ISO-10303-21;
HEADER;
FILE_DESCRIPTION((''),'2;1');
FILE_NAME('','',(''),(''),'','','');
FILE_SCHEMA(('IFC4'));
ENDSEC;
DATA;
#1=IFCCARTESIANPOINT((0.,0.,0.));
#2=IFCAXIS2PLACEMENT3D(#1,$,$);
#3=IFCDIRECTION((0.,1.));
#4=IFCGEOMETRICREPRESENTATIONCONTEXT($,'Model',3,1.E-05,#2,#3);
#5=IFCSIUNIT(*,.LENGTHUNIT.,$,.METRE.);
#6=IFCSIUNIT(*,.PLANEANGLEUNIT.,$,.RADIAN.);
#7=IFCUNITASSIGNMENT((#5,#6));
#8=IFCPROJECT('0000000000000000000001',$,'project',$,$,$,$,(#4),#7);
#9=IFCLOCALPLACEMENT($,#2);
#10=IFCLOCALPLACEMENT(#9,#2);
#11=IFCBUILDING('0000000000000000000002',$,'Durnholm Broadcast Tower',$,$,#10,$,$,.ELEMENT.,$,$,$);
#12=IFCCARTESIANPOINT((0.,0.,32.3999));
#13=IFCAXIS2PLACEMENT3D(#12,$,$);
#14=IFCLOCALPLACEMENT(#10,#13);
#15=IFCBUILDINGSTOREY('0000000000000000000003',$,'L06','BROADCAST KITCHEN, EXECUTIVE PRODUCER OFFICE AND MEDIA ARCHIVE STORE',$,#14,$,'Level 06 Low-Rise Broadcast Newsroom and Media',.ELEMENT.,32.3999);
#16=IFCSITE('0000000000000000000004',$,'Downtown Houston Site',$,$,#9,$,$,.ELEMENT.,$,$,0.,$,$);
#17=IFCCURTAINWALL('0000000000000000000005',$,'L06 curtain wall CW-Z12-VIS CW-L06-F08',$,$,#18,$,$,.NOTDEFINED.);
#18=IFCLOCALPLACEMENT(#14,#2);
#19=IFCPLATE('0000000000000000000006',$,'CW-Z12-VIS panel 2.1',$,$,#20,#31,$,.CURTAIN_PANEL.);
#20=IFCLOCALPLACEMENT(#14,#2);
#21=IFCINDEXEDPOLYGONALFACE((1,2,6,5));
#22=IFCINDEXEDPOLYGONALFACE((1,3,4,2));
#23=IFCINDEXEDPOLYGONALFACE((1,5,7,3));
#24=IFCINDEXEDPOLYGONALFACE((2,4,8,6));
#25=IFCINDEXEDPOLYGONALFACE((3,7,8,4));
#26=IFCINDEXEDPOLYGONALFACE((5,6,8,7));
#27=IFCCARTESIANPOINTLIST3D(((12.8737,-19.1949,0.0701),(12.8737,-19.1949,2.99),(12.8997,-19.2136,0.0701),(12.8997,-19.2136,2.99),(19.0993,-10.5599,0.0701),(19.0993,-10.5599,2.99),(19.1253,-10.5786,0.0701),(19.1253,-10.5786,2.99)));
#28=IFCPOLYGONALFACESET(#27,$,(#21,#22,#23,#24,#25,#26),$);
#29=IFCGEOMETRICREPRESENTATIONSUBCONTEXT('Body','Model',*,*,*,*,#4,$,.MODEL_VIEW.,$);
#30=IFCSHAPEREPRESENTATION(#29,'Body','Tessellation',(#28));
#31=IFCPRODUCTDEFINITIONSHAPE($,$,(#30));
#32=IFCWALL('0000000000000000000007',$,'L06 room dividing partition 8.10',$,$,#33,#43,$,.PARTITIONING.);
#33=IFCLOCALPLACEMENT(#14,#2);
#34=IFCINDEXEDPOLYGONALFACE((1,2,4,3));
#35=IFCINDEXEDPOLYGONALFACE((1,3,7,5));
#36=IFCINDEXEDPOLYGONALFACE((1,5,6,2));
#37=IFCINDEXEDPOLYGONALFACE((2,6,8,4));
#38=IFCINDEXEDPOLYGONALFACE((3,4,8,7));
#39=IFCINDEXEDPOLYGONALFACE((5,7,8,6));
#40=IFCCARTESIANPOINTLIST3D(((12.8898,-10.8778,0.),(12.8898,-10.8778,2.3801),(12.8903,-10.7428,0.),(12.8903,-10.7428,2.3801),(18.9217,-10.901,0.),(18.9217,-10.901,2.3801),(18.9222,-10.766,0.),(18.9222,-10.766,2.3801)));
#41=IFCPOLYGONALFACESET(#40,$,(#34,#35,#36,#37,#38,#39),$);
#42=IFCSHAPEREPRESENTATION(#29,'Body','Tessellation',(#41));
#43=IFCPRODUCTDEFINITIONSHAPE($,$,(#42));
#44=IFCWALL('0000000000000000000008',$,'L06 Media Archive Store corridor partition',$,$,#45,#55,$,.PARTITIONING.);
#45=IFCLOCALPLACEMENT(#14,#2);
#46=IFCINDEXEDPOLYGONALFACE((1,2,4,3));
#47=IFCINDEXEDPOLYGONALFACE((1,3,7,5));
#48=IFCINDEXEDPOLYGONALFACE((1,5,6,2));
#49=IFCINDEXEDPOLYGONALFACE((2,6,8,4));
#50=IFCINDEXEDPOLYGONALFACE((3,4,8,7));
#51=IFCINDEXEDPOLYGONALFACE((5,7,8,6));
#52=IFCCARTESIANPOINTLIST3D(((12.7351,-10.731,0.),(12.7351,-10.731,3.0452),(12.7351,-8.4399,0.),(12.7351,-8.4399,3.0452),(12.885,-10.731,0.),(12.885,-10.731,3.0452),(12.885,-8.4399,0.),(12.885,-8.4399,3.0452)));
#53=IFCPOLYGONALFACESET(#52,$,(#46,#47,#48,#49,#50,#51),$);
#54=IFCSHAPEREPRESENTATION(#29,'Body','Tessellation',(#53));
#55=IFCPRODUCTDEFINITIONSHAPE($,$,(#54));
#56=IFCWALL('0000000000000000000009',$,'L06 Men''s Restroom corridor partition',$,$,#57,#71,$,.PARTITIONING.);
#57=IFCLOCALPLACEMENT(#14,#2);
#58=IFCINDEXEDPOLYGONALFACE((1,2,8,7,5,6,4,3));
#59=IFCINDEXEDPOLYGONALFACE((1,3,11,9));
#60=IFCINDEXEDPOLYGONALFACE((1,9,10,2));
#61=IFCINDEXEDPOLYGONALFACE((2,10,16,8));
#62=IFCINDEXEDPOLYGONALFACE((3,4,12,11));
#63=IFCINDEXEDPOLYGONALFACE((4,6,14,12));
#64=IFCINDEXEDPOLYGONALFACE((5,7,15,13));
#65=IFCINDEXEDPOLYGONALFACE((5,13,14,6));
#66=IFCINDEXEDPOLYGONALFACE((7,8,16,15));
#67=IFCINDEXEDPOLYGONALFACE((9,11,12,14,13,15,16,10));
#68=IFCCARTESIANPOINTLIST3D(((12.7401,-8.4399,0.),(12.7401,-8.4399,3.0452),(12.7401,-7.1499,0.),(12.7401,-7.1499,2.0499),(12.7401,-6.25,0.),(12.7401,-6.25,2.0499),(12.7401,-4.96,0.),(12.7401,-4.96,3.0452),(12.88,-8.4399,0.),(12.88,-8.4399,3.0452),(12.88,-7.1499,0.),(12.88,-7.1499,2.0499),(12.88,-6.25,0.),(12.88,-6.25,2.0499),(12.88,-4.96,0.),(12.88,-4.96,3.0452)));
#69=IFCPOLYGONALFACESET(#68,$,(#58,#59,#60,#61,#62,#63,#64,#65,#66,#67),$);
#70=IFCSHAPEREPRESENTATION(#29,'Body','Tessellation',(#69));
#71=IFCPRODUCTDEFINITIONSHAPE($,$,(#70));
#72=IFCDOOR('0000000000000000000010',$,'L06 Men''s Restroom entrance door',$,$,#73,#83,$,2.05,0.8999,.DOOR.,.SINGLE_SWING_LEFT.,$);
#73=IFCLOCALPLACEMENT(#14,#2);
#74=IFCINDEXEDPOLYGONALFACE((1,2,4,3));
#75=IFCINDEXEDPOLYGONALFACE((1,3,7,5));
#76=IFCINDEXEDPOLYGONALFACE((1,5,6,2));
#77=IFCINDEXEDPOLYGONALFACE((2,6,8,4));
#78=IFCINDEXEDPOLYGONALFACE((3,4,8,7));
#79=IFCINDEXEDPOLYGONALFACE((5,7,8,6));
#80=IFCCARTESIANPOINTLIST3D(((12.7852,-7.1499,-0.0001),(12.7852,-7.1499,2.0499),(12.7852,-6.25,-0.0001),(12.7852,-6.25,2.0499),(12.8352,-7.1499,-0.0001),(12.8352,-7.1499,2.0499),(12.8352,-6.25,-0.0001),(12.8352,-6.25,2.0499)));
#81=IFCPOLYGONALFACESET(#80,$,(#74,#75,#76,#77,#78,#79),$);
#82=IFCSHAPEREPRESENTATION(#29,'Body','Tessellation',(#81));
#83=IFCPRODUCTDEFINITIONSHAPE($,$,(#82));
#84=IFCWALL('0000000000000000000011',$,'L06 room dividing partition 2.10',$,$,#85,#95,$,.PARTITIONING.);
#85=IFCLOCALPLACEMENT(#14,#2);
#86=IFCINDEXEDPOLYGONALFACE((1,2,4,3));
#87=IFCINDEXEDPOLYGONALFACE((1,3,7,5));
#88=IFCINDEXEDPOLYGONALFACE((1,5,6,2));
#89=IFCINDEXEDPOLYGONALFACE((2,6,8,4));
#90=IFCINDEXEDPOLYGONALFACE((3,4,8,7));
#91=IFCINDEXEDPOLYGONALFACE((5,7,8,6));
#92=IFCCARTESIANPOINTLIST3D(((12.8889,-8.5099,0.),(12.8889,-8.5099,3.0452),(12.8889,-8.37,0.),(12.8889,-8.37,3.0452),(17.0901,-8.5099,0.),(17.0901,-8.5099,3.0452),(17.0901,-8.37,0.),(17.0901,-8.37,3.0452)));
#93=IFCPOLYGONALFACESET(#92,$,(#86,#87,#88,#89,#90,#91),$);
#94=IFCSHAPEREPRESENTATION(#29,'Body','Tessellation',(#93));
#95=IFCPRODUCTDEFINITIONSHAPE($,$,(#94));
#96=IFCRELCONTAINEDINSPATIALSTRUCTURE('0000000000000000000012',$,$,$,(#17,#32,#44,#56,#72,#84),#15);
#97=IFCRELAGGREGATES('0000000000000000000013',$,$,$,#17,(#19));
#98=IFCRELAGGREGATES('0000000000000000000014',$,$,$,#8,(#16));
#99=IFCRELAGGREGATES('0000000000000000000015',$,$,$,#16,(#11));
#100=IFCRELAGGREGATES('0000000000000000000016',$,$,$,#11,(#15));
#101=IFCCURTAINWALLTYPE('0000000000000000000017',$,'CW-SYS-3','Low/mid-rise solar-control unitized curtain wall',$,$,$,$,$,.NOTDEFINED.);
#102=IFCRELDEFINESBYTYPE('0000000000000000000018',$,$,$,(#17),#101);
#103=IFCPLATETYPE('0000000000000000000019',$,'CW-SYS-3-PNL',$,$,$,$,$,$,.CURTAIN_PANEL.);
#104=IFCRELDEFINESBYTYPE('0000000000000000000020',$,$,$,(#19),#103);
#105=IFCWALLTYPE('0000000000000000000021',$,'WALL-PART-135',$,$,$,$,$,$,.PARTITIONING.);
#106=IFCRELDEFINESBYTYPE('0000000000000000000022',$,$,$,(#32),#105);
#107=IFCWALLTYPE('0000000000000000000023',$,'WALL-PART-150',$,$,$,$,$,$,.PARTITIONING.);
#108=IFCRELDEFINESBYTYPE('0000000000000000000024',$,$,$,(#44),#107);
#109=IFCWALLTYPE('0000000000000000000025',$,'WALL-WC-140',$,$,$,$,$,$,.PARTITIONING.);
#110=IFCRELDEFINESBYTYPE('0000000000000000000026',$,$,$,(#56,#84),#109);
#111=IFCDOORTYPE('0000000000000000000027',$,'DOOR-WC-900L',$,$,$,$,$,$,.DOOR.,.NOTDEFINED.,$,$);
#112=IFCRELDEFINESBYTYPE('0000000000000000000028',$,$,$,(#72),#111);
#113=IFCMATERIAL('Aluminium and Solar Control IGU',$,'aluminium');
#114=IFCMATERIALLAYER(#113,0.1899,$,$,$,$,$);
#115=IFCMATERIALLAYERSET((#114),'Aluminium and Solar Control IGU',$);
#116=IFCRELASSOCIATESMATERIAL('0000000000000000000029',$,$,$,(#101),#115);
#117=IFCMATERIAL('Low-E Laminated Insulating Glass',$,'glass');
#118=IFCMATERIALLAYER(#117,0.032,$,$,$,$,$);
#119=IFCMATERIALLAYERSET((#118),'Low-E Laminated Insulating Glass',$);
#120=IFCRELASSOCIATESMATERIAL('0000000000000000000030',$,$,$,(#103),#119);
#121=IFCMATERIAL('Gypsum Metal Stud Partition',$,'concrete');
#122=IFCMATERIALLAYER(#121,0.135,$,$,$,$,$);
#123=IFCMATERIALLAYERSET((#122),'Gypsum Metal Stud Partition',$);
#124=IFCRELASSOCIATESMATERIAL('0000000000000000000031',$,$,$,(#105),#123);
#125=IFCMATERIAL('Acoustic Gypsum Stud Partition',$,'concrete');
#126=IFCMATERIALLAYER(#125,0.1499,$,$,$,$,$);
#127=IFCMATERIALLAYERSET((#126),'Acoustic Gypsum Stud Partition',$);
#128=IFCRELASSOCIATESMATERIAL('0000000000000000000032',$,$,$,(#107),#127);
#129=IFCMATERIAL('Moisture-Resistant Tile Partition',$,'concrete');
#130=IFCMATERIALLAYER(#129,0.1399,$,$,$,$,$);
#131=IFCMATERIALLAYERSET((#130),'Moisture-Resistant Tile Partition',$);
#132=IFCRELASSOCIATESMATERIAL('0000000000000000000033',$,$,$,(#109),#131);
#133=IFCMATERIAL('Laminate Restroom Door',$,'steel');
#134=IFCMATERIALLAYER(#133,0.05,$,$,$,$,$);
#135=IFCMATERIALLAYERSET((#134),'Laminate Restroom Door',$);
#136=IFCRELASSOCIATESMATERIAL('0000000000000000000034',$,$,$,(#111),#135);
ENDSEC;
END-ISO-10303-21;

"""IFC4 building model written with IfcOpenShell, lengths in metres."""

from ifc_helpers import new_model, si_unit, direction, frame, frame_2d, origin, origin_2d, place, context, subcontext, project, spatial, rectangle, extrude, source, transform, mapped, material, layer, layer_set, type_object, type_shapes, element, fill, aggregate, save


model = new_model("IFC4")

# Units and contexts
model_context = context("Model", 3, precision=1e-05, world=origin(), true_north=direction((0.0, 1.0)))
body_context = subcontext(model_context, "Body", "Model", "MODEL_VIEW")
ifc_project = project(units=[si_unit("LENGTHUNIT", "METRE"), si_unit("PLANEANGLEUNIT", "RADIAN")], contexts=[model_context])

# Site, building, storey
site_placement = place(None, origin())
site = spatial("IfcSite", under=ifc_project, at=site_placement, Name="Downtown Houston Site", CompositionType="ELEMENT", RefElevation=0.0)
building_placement = place(site_placement, origin())
building = spatial("IfcBuilding", under=site, at=building_placement, Name="Durnholm Broadcast Tower", CompositionType="ELEMENT")
storey_placement = place(building_placement, frame((0.0, 0.0, 32.3999)))
storey = spatial("IfcBuildingStorey", under=building, at=storey_placement, Name="L06", Description="BROADCAST KITCHEN, EXECUTIVE PRODUCER OFFICE AND MEDIA ARCHIVE STORE", LongName="Level 06 Low-Rise Broadcast Newsroom and Media", CompositionType="ELEMENT", Elevation=32.3999)

# Shared definitions
ifc_material_1 = material(Name="Aluminium and Solar Control IGU", Category="aluminium")

# Curtain wall
ifc_layer_1 = layer(ifc_material_1, 0.1899)
ifc_layer_set_1 = layer_set([ifc_layer_1], Name="Aluminium and Solar Control IGU")
curtain_wall_type_1 = type_object("IfcCurtainWallType", Name="CW-SYS-3", Description="Low/mid-rise solar-control unitized curtain wall", PredefinedType="NOTDEFINED", material=ifc_layer_set_1)
curtain_wall_1_placement = place(storey_placement, origin())
curtain_wall_1 = element("IfcCurtainWall", 1, at=curtain_wall_1_placement, inside=storey, type_object=curtain_wall_type_1, Name="L06 curtain wall CW-Z12-VIS CW-L06-F08", PredefinedType="NOTDEFINED")

# Plate
ifc_material_2 = material(Name="Low-E Laminated Insulating Glass", Category="glass")
ifc_layer_2 = layer(ifc_material_2, 0.032)
ifc_layer_set_2 = layer_set([ifc_layer_2], Name="Low-E Laminated Insulating Glass")
plate_type_1 = type_object("IfcPlateType", Name="CW-SYS-3-PNL", PredefinedType="CURTAIN_PANEL", material=ifc_layer_set_2)
shared_shape_1 = source(origin(), body_context, "Body", "SweptSolid", [
    extrude(rectangle(XDim=10.6453, YDim=0.032, at=origin_2d()), origin(), (0.0, 0.0, 1.0), 2.9199),
])
type_shapes(plate_type_1, [shared_shape_1])
plate_1_placement = place(storey_placement, frame((15.9995, -14.8867, 0.0701), z_axis=(0.0, 0.0, 1.0), x_axis=(-0.584823, -0.811161, 0.0)))
plate_1 = element("IfcPlate", 2, at=plate_1_placement, type_object=plate_type_1, Name="CW-Z12-VIS panel 2.1", PredefinedType="CURTAIN_PANEL", context=body_context, shape_type="MappedRepresentation", body=[
    mapped(shared_shape_1, transform((0.0, 0.0, 0.0), x_axis=(1.0, 0.0, 0.0), y_axis=(0.0, 1.0, 0.0), z_axis=(0.0, 0.0, 1.0), scale=1.0)),
])
aggregate(curtain_wall_1, [plate_1])

# Walls
ifc_material_3 = material(Name="Gypsum Metal Stud Partition", Category="concrete")
ifc_layer_3 = layer(ifc_material_3, 0.135)
ifc_layer_set_3 = layer_set([ifc_layer_3], Name="Gypsum Metal Stud Partition")
wall_type_1 = type_object("IfcWallType", Name="WALL-PART-135", PredefinedType="PARTITIONING", material=ifc_layer_set_3)
wall_1_placement = place(storey_placement, frame((12.8899, -10.8103, 0.0), z_axis=(0.0, 0.0, 1.0), x_axis=(0.999993, -0.003845, 0.0)))
element("IfcWall", 3, at=wall_1_placement, inside=storey, type_object=wall_type_1, Name="L06 room dividing partition 8.10", PredefinedType="PARTITIONING", context=body_context, shape_type="SweptSolid", body=[
    extrude(rectangle(XDim=6.032, YDim=0.135, at=frame_2d((3.0161, 0.0))), origin(), (0.0, 0.0, 1.0), 2.3801),
])
ifc_material_4 = material(Name="Acoustic Gypsum Stud Partition", Category="concrete")
ifc_layer_4 = layer(ifc_material_4, 0.1499)
ifc_layer_set_4 = layer_set([ifc_layer_4], Name="Acoustic Gypsum Stud Partition")
wall_type_2 = type_object("IfcWallType", Name="WALL-PART-150", PredefinedType="PARTITIONING", material=ifc_layer_set_4)
wall_2_placement = place(storey_placement, frame((12.8101, -10.731, 0.0), z_axis=(0.0, 0.0, 1.0), x_axis=(0.0, 1.0, 0.0)))
element("IfcWall", 4, at=wall_2_placement, inside=storey, type_object=wall_type_2, Name="L06 Media Archive Store corridor partition", PredefinedType="PARTITIONING", context=body_context, shape_type="SweptSolid", body=[
    extrude(rectangle(XDim=2.291, YDim=0.1499, at=frame_2d((1.1455, 0.0))), origin(), (0.0, 0.0, 1.0), 3.0452),
])

# Wall, opening, door
ifc_material_5 = material(Name="Moisture-Resistant Tile Partition", Category="concrete")
ifc_layer_5 = layer(ifc_material_5, 0.1399)
ifc_layer_set_5 = layer_set([ifc_layer_5], Name="Moisture-Resistant Tile Partition")
wall_type_3 = type_object("IfcWallType", Name="WALL-WC-140", PredefinedType="PARTITIONING", material=ifc_layer_set_5)
wall_3_placement = place(storey_placement, frame((12.8101, -8.4399, 0.0), z_axis=(0.0, 0.0, 1.0), x_axis=(0.0, 1.0, 0.0)))
wall_3 = element("IfcWall", 5, at=wall_3_placement, inside=storey, type_object=wall_type_3, Name="L06 Men's Restroom corridor partition", PredefinedType="PARTITIONING", context=body_context, shape_type="SweptSolid", body=[
    extrude(rectangle(XDim=3.48, YDim=0.1399, at=frame_2d((1.74, 0.0))), origin(), (0.0, 0.0, 1.0), 3.0452),
])
opening_placement = place(wall_3_placement, frame((1.29, 0.0, 0.0)))
opening = element("IfcOpeningElement", 6, at=opening_placement, cuts=wall_3, PredefinedType="OPENING", context=body_context, shape_type="SweptSolid", body=[
    extrude(rectangle(XDim=0.8999, YDim=2.05, at=frame_2d((0.45, 1.0249))), frame((0.0, 0.0801, 0.0), z_axis=(0.0, -1.0, 0.0), x_axis=(1.0, 0.0, 0.0)), (0.0, 0.0, 1.0), 0.1599),
])
ifc_material_6 = material(Name="Laminate Restroom Door", Category="steel")
ifc_layer_6 = layer(ifc_material_6, 0.05)
ifc_layer_set_6 = layer_set([ifc_layer_6], Name="Laminate Restroom Door")
door_type = type_object("IfcDoorType", Name="DOOR-WC-900L", OperationType="NOTDEFINED", PredefinedType="DOOR", material=ifc_layer_set_6)
shared_shape_2 = source(origin(), body_context, "Body", "SweptSolid", [
    extrude(rectangle(XDim=0.8999, YDim=2.05, at=frame_2d((0.45, 1.0249))), frame((0.0, 0.0249, 0.0), z_axis=(0.0, -1.0, 0.0), x_axis=(1.0, 0.0, 0.0)), (0.0, 0.0, 1.0), 0.05),
])
type_shapes(door_type, [shared_shape_2])
door_placement = place(opening_placement, origin())
door = element("IfcDoor", 7, at=door_placement, inside=storey, type_object=door_type, Name="L06 Men's Restroom entrance door", OperationType="SINGLE_SWING_LEFT", OverallHeight=2.05, OverallWidth=0.8999, PredefinedType="DOOR", context=body_context, shape_type="MappedRepresentation", body=[
    mapped(shared_shape_2, transform((0.0, 0.0, 0.0), x_axis=(1.0, 0.0, 0.0), y_axis=(0.0, 1.0, 0.0), z_axis=(0.0, 0.0, 1.0), scale=1.0)),
])
fill(opening, door)

# Wall
wall_4_placement = place(storey_placement, frame((17.0901, -8.4399, 0.0), z_axis=(0.0, 0.0, 1.0), x_axis=(-1.0, 0.0, 0.0)))
element("IfcWall", 8, at=wall_4_placement, inside=storey, type_object=wall_type_3, Name="L06 room dividing partition 2.10", PredefinedType="PARTITIONING", context=body_context, shape_type="SweptSolid", body=[
    extrude(rectangle(XDim=4.2012, YDim=0.1399, at=frame_2d((2.1006, 0.0))), origin(), (0.0, 0.0, 1.0), 3.0452),
])

save(model, "model.ifc")
